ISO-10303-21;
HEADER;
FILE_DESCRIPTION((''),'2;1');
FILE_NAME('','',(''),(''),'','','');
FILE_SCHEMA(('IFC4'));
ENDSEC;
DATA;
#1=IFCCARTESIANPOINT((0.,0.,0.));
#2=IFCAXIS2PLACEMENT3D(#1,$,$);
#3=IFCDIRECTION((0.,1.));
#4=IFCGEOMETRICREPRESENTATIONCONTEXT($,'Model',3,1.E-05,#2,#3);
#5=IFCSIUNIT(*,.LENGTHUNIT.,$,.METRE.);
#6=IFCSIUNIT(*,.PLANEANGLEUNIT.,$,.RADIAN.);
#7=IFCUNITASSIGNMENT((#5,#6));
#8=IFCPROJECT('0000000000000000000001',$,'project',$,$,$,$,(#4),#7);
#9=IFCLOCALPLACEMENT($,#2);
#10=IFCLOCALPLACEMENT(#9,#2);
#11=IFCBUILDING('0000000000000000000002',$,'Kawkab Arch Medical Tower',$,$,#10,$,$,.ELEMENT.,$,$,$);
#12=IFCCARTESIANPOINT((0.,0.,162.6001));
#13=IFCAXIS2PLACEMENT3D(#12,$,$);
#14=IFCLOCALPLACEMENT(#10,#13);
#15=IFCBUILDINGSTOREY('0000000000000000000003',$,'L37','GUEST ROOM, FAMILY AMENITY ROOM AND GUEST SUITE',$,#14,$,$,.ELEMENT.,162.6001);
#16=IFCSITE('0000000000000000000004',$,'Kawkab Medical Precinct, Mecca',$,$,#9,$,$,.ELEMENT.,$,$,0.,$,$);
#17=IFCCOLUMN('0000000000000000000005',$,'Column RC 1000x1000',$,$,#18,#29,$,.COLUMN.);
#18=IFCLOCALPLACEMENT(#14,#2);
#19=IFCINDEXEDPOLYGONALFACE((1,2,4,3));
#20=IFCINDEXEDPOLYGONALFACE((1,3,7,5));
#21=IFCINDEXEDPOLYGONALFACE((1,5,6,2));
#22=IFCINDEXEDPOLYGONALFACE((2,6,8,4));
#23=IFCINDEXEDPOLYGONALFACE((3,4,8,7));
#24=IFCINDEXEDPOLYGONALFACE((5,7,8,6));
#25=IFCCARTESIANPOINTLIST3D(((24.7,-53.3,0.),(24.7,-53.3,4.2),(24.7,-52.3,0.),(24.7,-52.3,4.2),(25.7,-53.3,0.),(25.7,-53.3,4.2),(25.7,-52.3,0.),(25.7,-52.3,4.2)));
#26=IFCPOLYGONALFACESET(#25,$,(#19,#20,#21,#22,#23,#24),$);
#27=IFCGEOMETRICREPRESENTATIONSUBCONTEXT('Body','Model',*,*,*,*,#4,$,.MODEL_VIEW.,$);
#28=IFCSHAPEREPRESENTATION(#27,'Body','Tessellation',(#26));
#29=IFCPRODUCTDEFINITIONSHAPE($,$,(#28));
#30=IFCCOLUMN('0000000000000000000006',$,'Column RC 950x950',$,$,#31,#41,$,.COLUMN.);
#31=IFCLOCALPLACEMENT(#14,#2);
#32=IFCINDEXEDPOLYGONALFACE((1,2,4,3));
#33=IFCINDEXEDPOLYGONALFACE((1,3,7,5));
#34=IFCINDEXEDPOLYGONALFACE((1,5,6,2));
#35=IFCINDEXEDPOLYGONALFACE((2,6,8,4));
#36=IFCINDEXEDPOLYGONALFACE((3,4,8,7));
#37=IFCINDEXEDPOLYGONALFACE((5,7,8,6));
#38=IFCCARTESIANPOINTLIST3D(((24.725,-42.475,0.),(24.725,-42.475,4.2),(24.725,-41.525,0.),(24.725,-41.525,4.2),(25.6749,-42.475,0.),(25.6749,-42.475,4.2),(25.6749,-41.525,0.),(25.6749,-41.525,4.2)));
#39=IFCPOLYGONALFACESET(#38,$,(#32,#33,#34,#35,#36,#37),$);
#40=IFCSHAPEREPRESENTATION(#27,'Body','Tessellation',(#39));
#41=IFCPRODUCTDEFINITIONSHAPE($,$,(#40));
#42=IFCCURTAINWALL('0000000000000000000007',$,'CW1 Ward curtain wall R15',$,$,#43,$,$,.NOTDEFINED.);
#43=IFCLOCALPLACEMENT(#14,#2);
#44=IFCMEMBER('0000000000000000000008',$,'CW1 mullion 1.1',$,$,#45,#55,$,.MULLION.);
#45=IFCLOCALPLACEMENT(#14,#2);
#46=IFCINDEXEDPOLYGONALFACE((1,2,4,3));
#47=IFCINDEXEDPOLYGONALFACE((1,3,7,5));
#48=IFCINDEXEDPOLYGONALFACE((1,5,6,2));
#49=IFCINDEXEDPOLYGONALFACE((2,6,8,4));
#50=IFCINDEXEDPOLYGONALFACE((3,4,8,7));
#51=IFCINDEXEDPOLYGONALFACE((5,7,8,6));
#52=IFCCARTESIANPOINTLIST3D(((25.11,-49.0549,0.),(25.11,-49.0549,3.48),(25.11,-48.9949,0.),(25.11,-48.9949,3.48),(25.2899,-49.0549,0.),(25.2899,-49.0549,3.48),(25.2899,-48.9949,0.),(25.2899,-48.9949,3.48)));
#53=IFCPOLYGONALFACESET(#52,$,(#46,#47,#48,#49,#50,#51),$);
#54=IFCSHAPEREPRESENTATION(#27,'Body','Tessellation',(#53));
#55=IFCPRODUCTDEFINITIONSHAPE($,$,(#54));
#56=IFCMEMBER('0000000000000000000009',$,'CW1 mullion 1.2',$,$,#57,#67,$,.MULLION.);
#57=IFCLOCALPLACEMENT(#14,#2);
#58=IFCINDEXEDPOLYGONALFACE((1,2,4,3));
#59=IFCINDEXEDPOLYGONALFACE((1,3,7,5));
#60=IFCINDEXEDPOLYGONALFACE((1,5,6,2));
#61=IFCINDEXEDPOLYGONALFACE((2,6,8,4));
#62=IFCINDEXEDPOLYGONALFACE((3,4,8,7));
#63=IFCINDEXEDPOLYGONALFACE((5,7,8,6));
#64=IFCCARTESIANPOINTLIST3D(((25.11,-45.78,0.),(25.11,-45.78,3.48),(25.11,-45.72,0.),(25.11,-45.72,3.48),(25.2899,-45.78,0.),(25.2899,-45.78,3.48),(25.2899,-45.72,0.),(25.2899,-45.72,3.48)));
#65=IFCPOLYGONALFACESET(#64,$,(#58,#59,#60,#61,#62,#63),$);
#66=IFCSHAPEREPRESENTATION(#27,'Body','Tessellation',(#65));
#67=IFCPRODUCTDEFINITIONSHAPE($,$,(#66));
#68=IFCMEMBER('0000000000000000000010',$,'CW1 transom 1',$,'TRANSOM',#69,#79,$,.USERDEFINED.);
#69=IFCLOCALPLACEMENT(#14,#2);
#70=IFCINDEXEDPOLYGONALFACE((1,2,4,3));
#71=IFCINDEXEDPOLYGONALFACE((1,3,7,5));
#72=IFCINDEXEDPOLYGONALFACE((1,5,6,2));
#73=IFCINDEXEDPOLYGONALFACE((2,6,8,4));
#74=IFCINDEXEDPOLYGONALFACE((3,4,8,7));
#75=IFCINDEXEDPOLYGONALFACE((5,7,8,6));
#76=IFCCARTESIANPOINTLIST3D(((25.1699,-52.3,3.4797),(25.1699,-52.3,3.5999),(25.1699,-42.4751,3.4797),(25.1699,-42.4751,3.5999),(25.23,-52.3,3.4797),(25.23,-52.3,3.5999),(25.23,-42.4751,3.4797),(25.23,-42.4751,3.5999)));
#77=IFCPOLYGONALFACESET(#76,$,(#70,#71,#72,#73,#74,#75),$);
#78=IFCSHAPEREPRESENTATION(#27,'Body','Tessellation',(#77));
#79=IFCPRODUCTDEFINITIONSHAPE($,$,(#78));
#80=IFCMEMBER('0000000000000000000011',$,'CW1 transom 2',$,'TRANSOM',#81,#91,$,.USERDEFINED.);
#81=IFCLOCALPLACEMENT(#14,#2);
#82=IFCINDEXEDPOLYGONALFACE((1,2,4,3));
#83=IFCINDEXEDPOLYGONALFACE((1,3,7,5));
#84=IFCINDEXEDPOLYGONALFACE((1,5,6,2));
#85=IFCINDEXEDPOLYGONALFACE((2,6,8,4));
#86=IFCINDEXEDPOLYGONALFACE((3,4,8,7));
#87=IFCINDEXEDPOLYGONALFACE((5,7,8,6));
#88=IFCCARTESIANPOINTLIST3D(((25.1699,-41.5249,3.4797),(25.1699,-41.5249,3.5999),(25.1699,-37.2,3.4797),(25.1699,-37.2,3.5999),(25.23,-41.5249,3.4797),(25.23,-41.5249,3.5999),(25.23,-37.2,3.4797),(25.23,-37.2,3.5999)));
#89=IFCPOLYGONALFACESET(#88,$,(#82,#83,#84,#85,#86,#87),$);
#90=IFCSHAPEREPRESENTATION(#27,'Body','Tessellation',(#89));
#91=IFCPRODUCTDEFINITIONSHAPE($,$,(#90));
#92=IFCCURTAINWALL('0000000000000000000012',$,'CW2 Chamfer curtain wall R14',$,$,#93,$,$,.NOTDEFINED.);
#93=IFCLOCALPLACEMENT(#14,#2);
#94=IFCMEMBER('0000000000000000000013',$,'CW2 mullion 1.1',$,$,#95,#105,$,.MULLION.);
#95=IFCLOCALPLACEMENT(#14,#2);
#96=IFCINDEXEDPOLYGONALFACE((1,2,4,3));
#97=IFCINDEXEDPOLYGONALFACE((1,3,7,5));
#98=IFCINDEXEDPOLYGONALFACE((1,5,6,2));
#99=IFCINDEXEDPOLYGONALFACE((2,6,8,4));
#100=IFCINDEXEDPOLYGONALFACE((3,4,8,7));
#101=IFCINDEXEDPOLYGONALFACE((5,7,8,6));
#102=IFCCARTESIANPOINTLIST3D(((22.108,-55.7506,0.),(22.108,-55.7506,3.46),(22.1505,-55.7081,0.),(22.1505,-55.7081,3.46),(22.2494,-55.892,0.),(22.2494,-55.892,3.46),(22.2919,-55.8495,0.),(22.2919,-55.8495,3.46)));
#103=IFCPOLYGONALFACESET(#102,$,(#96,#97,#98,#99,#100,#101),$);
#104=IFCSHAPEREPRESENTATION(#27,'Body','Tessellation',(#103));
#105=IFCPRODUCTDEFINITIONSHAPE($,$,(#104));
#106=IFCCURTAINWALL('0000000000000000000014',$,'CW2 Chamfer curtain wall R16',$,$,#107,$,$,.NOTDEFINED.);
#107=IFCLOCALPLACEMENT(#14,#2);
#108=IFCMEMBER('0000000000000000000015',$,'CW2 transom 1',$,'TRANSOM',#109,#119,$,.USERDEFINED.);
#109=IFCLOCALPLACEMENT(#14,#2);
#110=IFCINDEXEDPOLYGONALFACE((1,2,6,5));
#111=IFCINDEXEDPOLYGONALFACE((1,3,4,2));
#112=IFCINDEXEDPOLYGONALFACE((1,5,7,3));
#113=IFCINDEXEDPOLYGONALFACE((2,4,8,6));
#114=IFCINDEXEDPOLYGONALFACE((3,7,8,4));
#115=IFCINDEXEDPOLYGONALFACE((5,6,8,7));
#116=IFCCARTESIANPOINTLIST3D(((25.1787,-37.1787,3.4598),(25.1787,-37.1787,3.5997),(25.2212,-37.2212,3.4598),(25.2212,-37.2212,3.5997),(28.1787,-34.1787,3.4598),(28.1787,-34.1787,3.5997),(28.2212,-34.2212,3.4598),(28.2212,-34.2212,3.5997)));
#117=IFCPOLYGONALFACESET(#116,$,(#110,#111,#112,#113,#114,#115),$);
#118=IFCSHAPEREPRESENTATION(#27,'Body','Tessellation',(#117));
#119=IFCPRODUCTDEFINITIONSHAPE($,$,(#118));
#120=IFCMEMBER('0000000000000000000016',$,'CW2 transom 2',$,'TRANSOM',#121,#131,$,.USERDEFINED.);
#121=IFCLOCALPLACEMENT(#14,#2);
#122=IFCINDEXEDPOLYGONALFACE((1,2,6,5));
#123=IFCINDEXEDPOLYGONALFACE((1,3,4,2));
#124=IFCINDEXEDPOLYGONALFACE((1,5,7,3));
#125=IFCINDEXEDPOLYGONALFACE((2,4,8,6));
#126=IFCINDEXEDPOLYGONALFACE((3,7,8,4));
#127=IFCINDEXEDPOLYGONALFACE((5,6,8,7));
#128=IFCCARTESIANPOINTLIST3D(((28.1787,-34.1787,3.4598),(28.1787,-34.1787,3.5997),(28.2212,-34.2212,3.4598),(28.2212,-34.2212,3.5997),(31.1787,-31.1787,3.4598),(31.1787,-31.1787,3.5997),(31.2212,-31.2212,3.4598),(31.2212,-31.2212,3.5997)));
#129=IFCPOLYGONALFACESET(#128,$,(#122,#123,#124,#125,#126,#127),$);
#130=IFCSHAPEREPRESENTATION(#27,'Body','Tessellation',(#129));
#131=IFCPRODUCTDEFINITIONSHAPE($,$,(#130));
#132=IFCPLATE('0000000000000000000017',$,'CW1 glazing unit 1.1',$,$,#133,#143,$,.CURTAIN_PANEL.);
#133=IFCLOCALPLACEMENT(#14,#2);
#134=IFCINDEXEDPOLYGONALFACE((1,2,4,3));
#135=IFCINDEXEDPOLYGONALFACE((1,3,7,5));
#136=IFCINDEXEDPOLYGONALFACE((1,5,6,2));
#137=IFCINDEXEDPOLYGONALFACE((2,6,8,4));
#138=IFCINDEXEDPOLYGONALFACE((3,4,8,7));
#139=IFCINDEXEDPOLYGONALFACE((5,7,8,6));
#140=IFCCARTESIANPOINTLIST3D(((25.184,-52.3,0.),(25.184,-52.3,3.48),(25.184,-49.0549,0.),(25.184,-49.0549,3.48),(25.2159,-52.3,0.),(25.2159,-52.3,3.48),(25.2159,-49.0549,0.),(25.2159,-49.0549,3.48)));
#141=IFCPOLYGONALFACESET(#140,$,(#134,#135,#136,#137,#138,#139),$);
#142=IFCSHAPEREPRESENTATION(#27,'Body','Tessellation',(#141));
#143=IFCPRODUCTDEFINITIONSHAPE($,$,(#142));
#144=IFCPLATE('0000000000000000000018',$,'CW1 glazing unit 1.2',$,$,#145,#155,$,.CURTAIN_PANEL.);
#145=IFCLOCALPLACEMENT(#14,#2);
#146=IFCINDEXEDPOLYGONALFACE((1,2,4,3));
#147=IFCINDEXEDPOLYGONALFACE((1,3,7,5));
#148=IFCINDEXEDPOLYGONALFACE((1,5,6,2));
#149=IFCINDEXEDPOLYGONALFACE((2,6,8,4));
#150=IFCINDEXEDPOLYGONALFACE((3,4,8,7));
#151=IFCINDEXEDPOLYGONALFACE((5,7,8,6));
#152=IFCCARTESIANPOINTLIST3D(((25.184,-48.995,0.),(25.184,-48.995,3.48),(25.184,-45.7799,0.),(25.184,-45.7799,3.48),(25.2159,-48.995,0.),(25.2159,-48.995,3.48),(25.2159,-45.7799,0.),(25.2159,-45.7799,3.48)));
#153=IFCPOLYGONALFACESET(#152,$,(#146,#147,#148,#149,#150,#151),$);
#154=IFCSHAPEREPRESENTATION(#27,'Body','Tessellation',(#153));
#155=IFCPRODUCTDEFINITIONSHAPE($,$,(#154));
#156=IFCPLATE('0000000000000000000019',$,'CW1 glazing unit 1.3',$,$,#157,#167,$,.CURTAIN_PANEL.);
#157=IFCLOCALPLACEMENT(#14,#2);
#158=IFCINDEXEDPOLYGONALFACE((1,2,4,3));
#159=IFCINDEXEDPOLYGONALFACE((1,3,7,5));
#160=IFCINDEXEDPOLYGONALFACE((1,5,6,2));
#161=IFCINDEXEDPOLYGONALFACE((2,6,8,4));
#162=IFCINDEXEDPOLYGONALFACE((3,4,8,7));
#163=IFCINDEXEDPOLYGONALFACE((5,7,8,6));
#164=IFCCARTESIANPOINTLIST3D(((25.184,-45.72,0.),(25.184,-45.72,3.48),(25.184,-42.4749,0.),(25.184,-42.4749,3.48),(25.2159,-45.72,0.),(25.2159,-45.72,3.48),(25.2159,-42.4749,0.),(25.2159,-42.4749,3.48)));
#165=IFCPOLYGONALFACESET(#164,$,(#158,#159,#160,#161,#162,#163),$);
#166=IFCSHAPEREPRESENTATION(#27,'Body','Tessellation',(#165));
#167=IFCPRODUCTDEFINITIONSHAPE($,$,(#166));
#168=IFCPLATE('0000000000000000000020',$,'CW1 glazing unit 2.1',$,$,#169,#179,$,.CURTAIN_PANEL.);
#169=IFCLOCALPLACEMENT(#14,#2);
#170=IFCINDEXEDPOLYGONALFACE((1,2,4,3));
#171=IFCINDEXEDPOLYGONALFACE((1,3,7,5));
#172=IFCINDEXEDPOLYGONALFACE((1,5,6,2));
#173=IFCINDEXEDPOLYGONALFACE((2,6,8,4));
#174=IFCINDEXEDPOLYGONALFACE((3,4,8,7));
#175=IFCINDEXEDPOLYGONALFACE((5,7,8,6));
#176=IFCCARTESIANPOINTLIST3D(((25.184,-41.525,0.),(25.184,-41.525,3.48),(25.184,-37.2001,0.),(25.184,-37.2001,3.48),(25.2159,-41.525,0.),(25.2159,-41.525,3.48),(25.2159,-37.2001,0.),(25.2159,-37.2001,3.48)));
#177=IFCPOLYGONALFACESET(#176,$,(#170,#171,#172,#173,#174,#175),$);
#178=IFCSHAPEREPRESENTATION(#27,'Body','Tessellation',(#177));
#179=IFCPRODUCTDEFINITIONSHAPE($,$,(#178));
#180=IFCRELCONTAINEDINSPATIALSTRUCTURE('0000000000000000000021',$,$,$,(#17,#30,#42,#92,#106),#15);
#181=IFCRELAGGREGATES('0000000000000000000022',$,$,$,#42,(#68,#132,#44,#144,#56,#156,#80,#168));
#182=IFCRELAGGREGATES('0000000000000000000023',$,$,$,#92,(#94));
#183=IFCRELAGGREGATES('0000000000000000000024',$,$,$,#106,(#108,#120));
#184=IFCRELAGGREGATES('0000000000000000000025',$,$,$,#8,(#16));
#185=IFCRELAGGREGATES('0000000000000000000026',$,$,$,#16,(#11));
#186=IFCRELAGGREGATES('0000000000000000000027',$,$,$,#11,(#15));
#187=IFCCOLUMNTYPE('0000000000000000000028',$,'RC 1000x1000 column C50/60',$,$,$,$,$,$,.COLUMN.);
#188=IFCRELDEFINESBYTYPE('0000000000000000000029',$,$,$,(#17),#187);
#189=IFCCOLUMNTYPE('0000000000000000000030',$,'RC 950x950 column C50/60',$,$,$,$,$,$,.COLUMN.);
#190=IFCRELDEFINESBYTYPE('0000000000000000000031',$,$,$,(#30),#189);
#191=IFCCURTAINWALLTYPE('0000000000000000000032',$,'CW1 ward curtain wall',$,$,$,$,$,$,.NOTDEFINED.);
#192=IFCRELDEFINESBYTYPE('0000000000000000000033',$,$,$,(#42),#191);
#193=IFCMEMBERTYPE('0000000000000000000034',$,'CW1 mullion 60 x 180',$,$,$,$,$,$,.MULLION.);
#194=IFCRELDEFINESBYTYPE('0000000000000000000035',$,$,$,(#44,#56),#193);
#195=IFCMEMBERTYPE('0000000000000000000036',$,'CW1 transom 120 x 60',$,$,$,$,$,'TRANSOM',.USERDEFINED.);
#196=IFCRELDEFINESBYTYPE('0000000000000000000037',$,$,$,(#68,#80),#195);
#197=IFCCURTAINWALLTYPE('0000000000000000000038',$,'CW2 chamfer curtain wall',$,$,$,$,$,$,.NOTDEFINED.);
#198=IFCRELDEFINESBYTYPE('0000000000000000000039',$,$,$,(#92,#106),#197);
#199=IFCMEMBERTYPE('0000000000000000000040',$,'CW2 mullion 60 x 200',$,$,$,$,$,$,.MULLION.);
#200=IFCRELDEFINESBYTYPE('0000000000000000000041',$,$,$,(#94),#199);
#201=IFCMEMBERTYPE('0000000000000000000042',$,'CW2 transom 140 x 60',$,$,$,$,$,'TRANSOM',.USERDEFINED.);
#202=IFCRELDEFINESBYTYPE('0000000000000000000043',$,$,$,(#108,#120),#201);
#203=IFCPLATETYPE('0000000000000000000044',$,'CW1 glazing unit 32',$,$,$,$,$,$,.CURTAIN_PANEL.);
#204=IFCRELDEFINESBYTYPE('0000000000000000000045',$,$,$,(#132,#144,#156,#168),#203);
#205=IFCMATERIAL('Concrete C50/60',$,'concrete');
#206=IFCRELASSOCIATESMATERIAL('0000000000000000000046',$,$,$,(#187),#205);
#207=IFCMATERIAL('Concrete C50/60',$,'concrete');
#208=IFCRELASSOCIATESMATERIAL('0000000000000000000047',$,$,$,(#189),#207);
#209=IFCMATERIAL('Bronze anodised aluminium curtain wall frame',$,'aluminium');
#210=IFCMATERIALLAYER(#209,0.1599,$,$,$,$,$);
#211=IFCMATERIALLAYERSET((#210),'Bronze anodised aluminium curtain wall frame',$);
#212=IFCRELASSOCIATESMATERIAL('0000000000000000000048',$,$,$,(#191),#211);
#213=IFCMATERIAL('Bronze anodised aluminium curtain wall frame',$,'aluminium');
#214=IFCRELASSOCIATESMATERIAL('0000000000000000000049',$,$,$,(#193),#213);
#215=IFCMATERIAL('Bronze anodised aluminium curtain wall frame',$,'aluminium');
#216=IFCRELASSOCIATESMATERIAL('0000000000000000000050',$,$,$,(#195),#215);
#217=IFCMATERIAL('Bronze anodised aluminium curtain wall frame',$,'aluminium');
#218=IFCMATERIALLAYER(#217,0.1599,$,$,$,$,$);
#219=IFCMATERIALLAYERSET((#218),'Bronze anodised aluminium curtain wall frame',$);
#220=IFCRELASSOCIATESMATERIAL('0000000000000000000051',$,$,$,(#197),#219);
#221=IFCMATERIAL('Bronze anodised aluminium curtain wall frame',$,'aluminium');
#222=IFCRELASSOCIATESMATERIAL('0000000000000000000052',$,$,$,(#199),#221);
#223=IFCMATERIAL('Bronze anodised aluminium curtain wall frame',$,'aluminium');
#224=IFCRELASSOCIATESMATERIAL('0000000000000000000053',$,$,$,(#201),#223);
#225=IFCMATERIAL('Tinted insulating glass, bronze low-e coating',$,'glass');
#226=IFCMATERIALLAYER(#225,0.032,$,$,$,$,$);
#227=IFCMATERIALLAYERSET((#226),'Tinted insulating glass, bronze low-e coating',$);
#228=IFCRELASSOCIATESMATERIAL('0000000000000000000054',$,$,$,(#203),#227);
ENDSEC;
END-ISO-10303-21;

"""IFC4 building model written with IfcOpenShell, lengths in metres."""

from ifc_helpers import new_model, si_unit, direction, frame, origin, origin_2d, place, context, subcontext, project, spatial, rectangle, extrude, material, layer, layer_set, material_profile, profile_set, type_object, element, aggregate, save


model = new_model("IFC4")

# Units and contexts
model_context = context("Model", 3, precision=1e-05, world=origin(), true_north=direction((0.0, 1.0)))
body_context = subcontext(model_context, "Body", "Model", "MODEL_VIEW")
ifc_project = project(units=[si_unit("LENGTHUNIT", "METRE"), si_unit("PLANEANGLEUNIT", "RADIAN")], contexts=[model_context])

# Site, building, storey
site_placement = place(None, origin())
site = spatial("IfcSite", under=ifc_project, at=site_placement, Name="Kawkab Medical Precinct, Mecca", CompositionType="ELEMENT", RefElevation=0.0)
building_placement = place(site_placement, origin())
building = spatial("IfcBuilding", under=site, at=building_placement, Name="Kawkab Arch Medical Tower", CompositionType="ELEMENT")
storey_placement = place(building_placement, frame((0.0, 0.0, 162.6001)))
storey = spatial("IfcBuildingStorey", under=building, at=storey_placement, Name="L37", Description="GUEST ROOM, FAMILY AMENITY ROOM AND GUEST SUITE", CompositionType="ELEMENT", Elevation=162.6001)

# Columns
ifc_material_1 = material(Name="Concrete C50/60", Category="concrete")
ifc_material_profile_1 = material_profile(ifc_material_1, rectangle(XDim=1.0, YDim=1.0, at=origin_2d()), Name="RC 1000x1000")
ifc_profile_set_1 = profile_set([ifc_material_profile_1], Name="Concrete C50/60")
column_type_1 = type_object("IfcColumnType", Name="RC 1000x1000 column C50/60", PredefinedType="COLUMN", material=ifc_profile_set_1)
column_1_placement = place(storey_placement, frame((25.2, -52.8, 0.0), z_axis=(0.0, 0.0, 1.0), x_axis=(1.0, 0.0, 0.0)))
element("IfcColumn", 1, at=column_1_placement, inside=storey, type_object=column_type_1, Name="Column RC 1000x1000", PredefinedType="COLUMN", context=body_context, shape_type="SweptSolid", body=[
    extrude(rectangle(XDim=1.0, YDim=1.0, at=origin_2d()), origin(), (0.0, 0.0, 1.0), 4.2),
])
ifc_material_2 = material(Name="Concrete C50/60", Category="concrete")
ifc_material_profile_2 = material_profile(ifc_material_2, rectangle(XDim=0.95, YDim=0.95, at=origin_2d()), Name="RC 950x950")
ifc_profile_set_2 = profile_set([ifc_material_profile_2], Name="Concrete C50/60")
column_type_2 = type_object("IfcColumnType", Name="RC 950x950 column C50/60", PredefinedType="COLUMN", material=ifc_profile_set_2)
column_2_placement = place(storey_placement, frame((25.2, -42.0, 0.0), z_axis=(0.0, 0.0, 1.0), x_axis=(1.0, 0.0, 0.0)))
element("IfcColumn", 2, at=column_2_placement, inside=storey, type_object=column_type_2, Name="Column RC 950x950", PredefinedType="COLUMN", context=body_context, shape_type="SweptSolid", body=[
    extrude(rectangle(XDim=0.95, YDim=0.95, at=origin_2d()), origin(), (0.0, 0.0, 1.0), 4.2),
])

# Curtain wall, members
ifc_material_3 = material(Name="Bronze anodised aluminium curtain wall frame", Category="aluminium")
ifc_layer_1 = layer(ifc_material_3, 0.1599)
ifc_layer_set_1 = layer_set([ifc_layer_1], Name="Bronze anodised aluminium curtain wall frame")
curtain_wall_type_1 = type_object("IfcCurtainWallType", Name="CW1 ward curtain wall", PredefinedType="NOTDEFINED", material=ifc_layer_set_1)
placement = place(storey_placement, origin())
curtain_wall_1 = element("IfcCurtainWall", 3, at=placement, inside=storey, type_object=curtain_wall_type_1, Name="CW1 Ward curtain wall R15", PredefinedType="NOTDEFINED")
ifc_material_4 = material(Name="Bronze anodised aluminium curtain wall frame", Category="aluminium")
ifc_material_profile_3 = material_profile(ifc_material_4, rectangle(XDim=0.1799, YDim=0.0601, at=origin_2d()), Name="AL 60x180")
ifc_profile_set_3 = profile_set([ifc_material_profile_3], Name="Bronze anodised aluminium curtain wall frame")
member_type_1 = type_object("IfcMemberType", Name="CW1 mullion 60 x 180", PredefinedType="MULLION", material=ifc_profile_set_3)
member_1_placement = place(storey_placement, frame((25.2, -49.0249, 0.0), z_axis=(0.0, 0.0, 1.0), x_axis=(-1.0, 0.0, 0.0)))
member_1 = element("IfcMember", 4, at=member_1_placement, type_object=member_type_1, Name="CW1 mullion 1.1", PredefinedType="MULLION", context=body_context, shape_type="SweptSolid", body=[
    extrude(rectangle(XDim=0.1799, YDim=0.0601, at=origin_2d()), origin(), (0.0, 0.0, 1.0), 3.48),
])
member_2_placement = place(storey_placement, frame((25.2, -45.75, 0.0), z_axis=(0.0, 0.0, 1.0), x_axis=(-1.0, 0.0, 0.0)))
member_2 = element("IfcMember", 5, at=member_2_placement, type_object=member_type_1, Name="CW1 mullion 1.2", PredefinedType="MULLION", context=body_context, shape_type="SweptSolid", body=[
    extrude(rectangle(XDim=0.1799, YDim=0.0601, at=origin_2d()), origin(), (0.0, 0.0, 1.0), 3.48),
])
ifc_material_5 = material(Name="Bronze anodised aluminium curtain wall frame", Category="aluminium")
ifc_material_profile_4 = material_profile(ifc_material_5, rectangle(XDim=0.0601, YDim=0.1201, at=origin_2d()), Name="AL 60x120")
ifc_profile_set_4 = profile_set([ifc_material_profile_4], Name="Bronze anodised aluminium curtain wall frame")
member_type_2 = type_object("IfcMemberType", Name="CW1 transom 120 x 60", ElementType="TRANSOM", PredefinedType="USERDEFINED", material=ifc_profile_set_4)
member_3_placement = place(storey_placement, frame((25.2, -52.3, 3.5398), z_axis=(0.0, 1.0, 0.0), x_axis=(-1.0, 0.0, 0.0)))
member_3 = element("IfcMember", 6, at=member_3_placement, type_object=member_type_2, Name="CW1 transom 1", ObjectType="TRANSOM", PredefinedType="USERDEFINED", context=body_context, shape_type="SweptSolid", body=[
    extrude(rectangle(XDim=0.0601, YDim=0.1201, at=origin_2d()), origin(), (0.0, 0.0, 1.0), 9.825),
])
member_4_placement = place(storey_placement, frame((25.2, -41.5249, 3.5398), z_axis=(0.0, 1.0, 0.0), x_axis=(-1.0, 0.0, 0.0)))
member_4 = element("IfcMember", 7, at=member_4_placement, type_object=member_type_2, Name="CW1 transom 2", ObjectType="TRANSOM", PredefinedType="USERDEFINED", context=body_context, shape_type="SweptSolid", body=[
    extrude(rectangle(XDim=0.0601, YDim=0.1201, at=origin_2d()), origin(), (0.0, 0.0, 1.0), 4.325),
])

# Curtain wall, member
ifc_material_6 = material(Name="Bronze anodised aluminium curtain wall frame", Category="aluminium")
ifc_layer_2 = layer(ifc_material_6, 0.1599)
ifc_layer_set_2 = layer_set([ifc_layer_2], Name="Bronze anodised aluminium curtain wall frame")
curtain_wall_type_2 = type_object("IfcCurtainWallType", Name="CW2 chamfer curtain wall", PredefinedType="NOTDEFINED", material=ifc_layer_set_2)
curtain_wall_2 = element("IfcCurtainWall", 8, at=placement, inside=storey, type_object=curtain_wall_type_2, Name="CW2 Chamfer curtain wall R14", PredefinedType="NOTDEFINED")
ifc_material_7 = material(Name="Bronze anodised aluminium curtain wall frame", Category="aluminium")
ifc_material_profile_5 = material_profile(ifc_material_7, rectangle(XDim=0.2, YDim=0.0601, at=origin_2d()), Name="AL 60x200")
ifc_profile_set_5 = profile_set([ifc_material_profile_5], Name="Bronze anodised aluminium curtain wall frame")
member_type_3 = type_object("IfcMemberType", Name="CW2 mullion 60 x 200", PredefinedType="MULLION", material=ifc_profile_set_5)
member_5_placement = place(storey_placement, frame((22.2, -55.8, 0.0), z_axis=(0.0, 0.0, 1.0), x_axis=(-0.707107, 0.707107, 0.0)))
member_5 = element("IfcMember", 9, at=member_5_placement, type_object=member_type_3, Name="CW2 mullion 1.1", PredefinedType="MULLION", context=body_context, shape_type="SweptSolid", body=[
    extrude(rectangle(XDim=0.2, YDim=0.0601, at=origin_2d()), origin(), (0.0, 0.0, 1.0), 3.46),
])

# Curtain wall, members
curtain_wall_3 = element("IfcCurtainWall", 10, at=placement, inside=storey, type_object=curtain_wall_type_2, Name="CW2 Chamfer curtain wall R16", PredefinedType="NOTDEFINED")
ifc_material_8 = material(Name="Bronze anodised aluminium curtain wall frame", Category="aluminium")
ifc_material_profile_6 = material_profile(ifc_material_8, rectangle(XDim=0.0601, YDim=0.1399, at=origin_2d()), Name="AL 60x140")
ifc_profile_set_6 = profile_set([ifc_material_profile_6], Name="Bronze anodised aluminium curtain wall frame")
member_type_4 = type_object("IfcMemberType", Name="CW2 transom 140 x 60", ElementType="TRANSOM", PredefinedType="USERDEFINED", material=ifc_profile_set_6)
member_6_placement = place(storey_placement, frame((25.2, -37.2, 3.5298), z_axis=(0.707107, 0.707107, 0.0), x_axis=(-0.707107, 0.707107, 0.0)))
member_6 = element("IfcMember", 11, at=member_6_placement, type_object=member_type_4, Name="CW2 transom 1", ObjectType="TRANSOM", PredefinedType="USERDEFINED", context=body_context, shape_type="SweptSolid", body=[
    extrude(rectangle(XDim=0.0601, YDim=0.1399, at=origin_2d()), origin(), (0.0, 0.0, 1.0), 4.2427),
])
member_7_placement = place(storey_placement, frame((28.2, -34.2, 3.5298), z_axis=(0.707107, 0.707107, 0.0), x_axis=(-0.707107, 0.707107, 0.0)))
member_7 = element("IfcMember", 12, at=member_7_placement, type_object=member_type_4, Name="CW2 transom 2", ObjectType="TRANSOM", PredefinedType="USERDEFINED", context=body_context, shape_type="SweptSolid", body=[
    extrude(rectangle(XDim=0.0601, YDim=0.1399, at=origin_2d()), origin(), (0.0, 0.0, 1.0), 4.2427),
])

# Plates
ifc_material_9 = material(Name="Tinted insulating glass, bronze low-e coating", Category="glass")
ifc_layer_3 = layer(ifc_material_9, 0.032)
ifc_layer_set_3 = layer_set([ifc_layer_3], Name="Tinted insulating glass, bronze low-e coating")
plate_type_1 = type_object("IfcPlateType", Name="CW1 glazing unit 32", PredefinedType="CURTAIN_PANEL", material=ifc_layer_set_3)
plate_1_placement = place(storey_placement, frame((25.2, -50.6775, 0.0), z_axis=(0.0, 0.0, 1.0), x_axis=(0.0, 1.0, 0.0)))
plate_1 = element("IfcPlate", 13, at=plate_1_placement, type_object=plate_type_1, Name="CW1 glazing unit 1.1", PredefinedType="CURTAIN_PANEL", context=body_context, shape_type="SweptSolid", body=[
    extrude(rectangle(XDim=3.2451, YDim=0.032, at=origin_2d()), origin(), (0.0, 0.0, 1.0), 3.48),
])
plate_2_placement = place(storey_placement, frame((25.2, -47.3875, 0.0), z_axis=(0.0, 0.0, 1.0), x_axis=(0.0, 1.0, 0.0)))
plate_2 = element("IfcPlate", 14, at=plate_2_placement, type_object=plate_type_1, Name="CW1 glazing unit 1.2", PredefinedType="CURTAIN_PANEL", context=body_context, shape_type="SweptSolid", body=[
    extrude(rectangle(XDim=3.2151, YDim=0.032, at=origin_2d()), origin(), (0.0, 0.0, 1.0), 3.48),
])
plate_3_placement = place(storey_placement, frame((25.2, -44.0974, 0.0), z_axis=(0.0, 0.0, 1.0), x_axis=(0.0, 1.0, 0.0)))
plate_3 = element("IfcPlate", 15, at=plate_3_placement, type_object=plate_type_1, Name="CW1 glazing unit 1.3", PredefinedType="CURTAIN_PANEL", context=body_context, shape_type="SweptSolid", body=[
    extrude(rectangle(XDim=3.2451, YDim=0.032, at=origin_2d()), origin(), (0.0, 0.0, 1.0), 3.48),
])
plate_4_placement = place(storey_placement, frame((25.2, -39.3625, 0.0), z_axis=(0.0, 0.0, 1.0), x_axis=(0.0, 1.0, 0.0)))
plate_4 = element("IfcPlate", 16, at=plate_4_placement, type_object=plate_type_1, Name="CW1 glazing unit 2.1", PredefinedType="CURTAIN_PANEL", context=body_context, shape_type="SweptSolid", body=[
    extrude(rectangle(XDim=4.325, YDim=0.032, at=origin_2d()), origin(), (0.0, 0.0, 1.0), 3.48),
])
aggregate(curtain_wall_1, [member_3, plate_1, member_1, plate_2, member_2, plate_3, member_4, plate_4])
aggregate(curtain_wall_2, [member_5])
aggregate(curtain_wall_3, [member_6, member_7])

save(model, "model.ifc")
